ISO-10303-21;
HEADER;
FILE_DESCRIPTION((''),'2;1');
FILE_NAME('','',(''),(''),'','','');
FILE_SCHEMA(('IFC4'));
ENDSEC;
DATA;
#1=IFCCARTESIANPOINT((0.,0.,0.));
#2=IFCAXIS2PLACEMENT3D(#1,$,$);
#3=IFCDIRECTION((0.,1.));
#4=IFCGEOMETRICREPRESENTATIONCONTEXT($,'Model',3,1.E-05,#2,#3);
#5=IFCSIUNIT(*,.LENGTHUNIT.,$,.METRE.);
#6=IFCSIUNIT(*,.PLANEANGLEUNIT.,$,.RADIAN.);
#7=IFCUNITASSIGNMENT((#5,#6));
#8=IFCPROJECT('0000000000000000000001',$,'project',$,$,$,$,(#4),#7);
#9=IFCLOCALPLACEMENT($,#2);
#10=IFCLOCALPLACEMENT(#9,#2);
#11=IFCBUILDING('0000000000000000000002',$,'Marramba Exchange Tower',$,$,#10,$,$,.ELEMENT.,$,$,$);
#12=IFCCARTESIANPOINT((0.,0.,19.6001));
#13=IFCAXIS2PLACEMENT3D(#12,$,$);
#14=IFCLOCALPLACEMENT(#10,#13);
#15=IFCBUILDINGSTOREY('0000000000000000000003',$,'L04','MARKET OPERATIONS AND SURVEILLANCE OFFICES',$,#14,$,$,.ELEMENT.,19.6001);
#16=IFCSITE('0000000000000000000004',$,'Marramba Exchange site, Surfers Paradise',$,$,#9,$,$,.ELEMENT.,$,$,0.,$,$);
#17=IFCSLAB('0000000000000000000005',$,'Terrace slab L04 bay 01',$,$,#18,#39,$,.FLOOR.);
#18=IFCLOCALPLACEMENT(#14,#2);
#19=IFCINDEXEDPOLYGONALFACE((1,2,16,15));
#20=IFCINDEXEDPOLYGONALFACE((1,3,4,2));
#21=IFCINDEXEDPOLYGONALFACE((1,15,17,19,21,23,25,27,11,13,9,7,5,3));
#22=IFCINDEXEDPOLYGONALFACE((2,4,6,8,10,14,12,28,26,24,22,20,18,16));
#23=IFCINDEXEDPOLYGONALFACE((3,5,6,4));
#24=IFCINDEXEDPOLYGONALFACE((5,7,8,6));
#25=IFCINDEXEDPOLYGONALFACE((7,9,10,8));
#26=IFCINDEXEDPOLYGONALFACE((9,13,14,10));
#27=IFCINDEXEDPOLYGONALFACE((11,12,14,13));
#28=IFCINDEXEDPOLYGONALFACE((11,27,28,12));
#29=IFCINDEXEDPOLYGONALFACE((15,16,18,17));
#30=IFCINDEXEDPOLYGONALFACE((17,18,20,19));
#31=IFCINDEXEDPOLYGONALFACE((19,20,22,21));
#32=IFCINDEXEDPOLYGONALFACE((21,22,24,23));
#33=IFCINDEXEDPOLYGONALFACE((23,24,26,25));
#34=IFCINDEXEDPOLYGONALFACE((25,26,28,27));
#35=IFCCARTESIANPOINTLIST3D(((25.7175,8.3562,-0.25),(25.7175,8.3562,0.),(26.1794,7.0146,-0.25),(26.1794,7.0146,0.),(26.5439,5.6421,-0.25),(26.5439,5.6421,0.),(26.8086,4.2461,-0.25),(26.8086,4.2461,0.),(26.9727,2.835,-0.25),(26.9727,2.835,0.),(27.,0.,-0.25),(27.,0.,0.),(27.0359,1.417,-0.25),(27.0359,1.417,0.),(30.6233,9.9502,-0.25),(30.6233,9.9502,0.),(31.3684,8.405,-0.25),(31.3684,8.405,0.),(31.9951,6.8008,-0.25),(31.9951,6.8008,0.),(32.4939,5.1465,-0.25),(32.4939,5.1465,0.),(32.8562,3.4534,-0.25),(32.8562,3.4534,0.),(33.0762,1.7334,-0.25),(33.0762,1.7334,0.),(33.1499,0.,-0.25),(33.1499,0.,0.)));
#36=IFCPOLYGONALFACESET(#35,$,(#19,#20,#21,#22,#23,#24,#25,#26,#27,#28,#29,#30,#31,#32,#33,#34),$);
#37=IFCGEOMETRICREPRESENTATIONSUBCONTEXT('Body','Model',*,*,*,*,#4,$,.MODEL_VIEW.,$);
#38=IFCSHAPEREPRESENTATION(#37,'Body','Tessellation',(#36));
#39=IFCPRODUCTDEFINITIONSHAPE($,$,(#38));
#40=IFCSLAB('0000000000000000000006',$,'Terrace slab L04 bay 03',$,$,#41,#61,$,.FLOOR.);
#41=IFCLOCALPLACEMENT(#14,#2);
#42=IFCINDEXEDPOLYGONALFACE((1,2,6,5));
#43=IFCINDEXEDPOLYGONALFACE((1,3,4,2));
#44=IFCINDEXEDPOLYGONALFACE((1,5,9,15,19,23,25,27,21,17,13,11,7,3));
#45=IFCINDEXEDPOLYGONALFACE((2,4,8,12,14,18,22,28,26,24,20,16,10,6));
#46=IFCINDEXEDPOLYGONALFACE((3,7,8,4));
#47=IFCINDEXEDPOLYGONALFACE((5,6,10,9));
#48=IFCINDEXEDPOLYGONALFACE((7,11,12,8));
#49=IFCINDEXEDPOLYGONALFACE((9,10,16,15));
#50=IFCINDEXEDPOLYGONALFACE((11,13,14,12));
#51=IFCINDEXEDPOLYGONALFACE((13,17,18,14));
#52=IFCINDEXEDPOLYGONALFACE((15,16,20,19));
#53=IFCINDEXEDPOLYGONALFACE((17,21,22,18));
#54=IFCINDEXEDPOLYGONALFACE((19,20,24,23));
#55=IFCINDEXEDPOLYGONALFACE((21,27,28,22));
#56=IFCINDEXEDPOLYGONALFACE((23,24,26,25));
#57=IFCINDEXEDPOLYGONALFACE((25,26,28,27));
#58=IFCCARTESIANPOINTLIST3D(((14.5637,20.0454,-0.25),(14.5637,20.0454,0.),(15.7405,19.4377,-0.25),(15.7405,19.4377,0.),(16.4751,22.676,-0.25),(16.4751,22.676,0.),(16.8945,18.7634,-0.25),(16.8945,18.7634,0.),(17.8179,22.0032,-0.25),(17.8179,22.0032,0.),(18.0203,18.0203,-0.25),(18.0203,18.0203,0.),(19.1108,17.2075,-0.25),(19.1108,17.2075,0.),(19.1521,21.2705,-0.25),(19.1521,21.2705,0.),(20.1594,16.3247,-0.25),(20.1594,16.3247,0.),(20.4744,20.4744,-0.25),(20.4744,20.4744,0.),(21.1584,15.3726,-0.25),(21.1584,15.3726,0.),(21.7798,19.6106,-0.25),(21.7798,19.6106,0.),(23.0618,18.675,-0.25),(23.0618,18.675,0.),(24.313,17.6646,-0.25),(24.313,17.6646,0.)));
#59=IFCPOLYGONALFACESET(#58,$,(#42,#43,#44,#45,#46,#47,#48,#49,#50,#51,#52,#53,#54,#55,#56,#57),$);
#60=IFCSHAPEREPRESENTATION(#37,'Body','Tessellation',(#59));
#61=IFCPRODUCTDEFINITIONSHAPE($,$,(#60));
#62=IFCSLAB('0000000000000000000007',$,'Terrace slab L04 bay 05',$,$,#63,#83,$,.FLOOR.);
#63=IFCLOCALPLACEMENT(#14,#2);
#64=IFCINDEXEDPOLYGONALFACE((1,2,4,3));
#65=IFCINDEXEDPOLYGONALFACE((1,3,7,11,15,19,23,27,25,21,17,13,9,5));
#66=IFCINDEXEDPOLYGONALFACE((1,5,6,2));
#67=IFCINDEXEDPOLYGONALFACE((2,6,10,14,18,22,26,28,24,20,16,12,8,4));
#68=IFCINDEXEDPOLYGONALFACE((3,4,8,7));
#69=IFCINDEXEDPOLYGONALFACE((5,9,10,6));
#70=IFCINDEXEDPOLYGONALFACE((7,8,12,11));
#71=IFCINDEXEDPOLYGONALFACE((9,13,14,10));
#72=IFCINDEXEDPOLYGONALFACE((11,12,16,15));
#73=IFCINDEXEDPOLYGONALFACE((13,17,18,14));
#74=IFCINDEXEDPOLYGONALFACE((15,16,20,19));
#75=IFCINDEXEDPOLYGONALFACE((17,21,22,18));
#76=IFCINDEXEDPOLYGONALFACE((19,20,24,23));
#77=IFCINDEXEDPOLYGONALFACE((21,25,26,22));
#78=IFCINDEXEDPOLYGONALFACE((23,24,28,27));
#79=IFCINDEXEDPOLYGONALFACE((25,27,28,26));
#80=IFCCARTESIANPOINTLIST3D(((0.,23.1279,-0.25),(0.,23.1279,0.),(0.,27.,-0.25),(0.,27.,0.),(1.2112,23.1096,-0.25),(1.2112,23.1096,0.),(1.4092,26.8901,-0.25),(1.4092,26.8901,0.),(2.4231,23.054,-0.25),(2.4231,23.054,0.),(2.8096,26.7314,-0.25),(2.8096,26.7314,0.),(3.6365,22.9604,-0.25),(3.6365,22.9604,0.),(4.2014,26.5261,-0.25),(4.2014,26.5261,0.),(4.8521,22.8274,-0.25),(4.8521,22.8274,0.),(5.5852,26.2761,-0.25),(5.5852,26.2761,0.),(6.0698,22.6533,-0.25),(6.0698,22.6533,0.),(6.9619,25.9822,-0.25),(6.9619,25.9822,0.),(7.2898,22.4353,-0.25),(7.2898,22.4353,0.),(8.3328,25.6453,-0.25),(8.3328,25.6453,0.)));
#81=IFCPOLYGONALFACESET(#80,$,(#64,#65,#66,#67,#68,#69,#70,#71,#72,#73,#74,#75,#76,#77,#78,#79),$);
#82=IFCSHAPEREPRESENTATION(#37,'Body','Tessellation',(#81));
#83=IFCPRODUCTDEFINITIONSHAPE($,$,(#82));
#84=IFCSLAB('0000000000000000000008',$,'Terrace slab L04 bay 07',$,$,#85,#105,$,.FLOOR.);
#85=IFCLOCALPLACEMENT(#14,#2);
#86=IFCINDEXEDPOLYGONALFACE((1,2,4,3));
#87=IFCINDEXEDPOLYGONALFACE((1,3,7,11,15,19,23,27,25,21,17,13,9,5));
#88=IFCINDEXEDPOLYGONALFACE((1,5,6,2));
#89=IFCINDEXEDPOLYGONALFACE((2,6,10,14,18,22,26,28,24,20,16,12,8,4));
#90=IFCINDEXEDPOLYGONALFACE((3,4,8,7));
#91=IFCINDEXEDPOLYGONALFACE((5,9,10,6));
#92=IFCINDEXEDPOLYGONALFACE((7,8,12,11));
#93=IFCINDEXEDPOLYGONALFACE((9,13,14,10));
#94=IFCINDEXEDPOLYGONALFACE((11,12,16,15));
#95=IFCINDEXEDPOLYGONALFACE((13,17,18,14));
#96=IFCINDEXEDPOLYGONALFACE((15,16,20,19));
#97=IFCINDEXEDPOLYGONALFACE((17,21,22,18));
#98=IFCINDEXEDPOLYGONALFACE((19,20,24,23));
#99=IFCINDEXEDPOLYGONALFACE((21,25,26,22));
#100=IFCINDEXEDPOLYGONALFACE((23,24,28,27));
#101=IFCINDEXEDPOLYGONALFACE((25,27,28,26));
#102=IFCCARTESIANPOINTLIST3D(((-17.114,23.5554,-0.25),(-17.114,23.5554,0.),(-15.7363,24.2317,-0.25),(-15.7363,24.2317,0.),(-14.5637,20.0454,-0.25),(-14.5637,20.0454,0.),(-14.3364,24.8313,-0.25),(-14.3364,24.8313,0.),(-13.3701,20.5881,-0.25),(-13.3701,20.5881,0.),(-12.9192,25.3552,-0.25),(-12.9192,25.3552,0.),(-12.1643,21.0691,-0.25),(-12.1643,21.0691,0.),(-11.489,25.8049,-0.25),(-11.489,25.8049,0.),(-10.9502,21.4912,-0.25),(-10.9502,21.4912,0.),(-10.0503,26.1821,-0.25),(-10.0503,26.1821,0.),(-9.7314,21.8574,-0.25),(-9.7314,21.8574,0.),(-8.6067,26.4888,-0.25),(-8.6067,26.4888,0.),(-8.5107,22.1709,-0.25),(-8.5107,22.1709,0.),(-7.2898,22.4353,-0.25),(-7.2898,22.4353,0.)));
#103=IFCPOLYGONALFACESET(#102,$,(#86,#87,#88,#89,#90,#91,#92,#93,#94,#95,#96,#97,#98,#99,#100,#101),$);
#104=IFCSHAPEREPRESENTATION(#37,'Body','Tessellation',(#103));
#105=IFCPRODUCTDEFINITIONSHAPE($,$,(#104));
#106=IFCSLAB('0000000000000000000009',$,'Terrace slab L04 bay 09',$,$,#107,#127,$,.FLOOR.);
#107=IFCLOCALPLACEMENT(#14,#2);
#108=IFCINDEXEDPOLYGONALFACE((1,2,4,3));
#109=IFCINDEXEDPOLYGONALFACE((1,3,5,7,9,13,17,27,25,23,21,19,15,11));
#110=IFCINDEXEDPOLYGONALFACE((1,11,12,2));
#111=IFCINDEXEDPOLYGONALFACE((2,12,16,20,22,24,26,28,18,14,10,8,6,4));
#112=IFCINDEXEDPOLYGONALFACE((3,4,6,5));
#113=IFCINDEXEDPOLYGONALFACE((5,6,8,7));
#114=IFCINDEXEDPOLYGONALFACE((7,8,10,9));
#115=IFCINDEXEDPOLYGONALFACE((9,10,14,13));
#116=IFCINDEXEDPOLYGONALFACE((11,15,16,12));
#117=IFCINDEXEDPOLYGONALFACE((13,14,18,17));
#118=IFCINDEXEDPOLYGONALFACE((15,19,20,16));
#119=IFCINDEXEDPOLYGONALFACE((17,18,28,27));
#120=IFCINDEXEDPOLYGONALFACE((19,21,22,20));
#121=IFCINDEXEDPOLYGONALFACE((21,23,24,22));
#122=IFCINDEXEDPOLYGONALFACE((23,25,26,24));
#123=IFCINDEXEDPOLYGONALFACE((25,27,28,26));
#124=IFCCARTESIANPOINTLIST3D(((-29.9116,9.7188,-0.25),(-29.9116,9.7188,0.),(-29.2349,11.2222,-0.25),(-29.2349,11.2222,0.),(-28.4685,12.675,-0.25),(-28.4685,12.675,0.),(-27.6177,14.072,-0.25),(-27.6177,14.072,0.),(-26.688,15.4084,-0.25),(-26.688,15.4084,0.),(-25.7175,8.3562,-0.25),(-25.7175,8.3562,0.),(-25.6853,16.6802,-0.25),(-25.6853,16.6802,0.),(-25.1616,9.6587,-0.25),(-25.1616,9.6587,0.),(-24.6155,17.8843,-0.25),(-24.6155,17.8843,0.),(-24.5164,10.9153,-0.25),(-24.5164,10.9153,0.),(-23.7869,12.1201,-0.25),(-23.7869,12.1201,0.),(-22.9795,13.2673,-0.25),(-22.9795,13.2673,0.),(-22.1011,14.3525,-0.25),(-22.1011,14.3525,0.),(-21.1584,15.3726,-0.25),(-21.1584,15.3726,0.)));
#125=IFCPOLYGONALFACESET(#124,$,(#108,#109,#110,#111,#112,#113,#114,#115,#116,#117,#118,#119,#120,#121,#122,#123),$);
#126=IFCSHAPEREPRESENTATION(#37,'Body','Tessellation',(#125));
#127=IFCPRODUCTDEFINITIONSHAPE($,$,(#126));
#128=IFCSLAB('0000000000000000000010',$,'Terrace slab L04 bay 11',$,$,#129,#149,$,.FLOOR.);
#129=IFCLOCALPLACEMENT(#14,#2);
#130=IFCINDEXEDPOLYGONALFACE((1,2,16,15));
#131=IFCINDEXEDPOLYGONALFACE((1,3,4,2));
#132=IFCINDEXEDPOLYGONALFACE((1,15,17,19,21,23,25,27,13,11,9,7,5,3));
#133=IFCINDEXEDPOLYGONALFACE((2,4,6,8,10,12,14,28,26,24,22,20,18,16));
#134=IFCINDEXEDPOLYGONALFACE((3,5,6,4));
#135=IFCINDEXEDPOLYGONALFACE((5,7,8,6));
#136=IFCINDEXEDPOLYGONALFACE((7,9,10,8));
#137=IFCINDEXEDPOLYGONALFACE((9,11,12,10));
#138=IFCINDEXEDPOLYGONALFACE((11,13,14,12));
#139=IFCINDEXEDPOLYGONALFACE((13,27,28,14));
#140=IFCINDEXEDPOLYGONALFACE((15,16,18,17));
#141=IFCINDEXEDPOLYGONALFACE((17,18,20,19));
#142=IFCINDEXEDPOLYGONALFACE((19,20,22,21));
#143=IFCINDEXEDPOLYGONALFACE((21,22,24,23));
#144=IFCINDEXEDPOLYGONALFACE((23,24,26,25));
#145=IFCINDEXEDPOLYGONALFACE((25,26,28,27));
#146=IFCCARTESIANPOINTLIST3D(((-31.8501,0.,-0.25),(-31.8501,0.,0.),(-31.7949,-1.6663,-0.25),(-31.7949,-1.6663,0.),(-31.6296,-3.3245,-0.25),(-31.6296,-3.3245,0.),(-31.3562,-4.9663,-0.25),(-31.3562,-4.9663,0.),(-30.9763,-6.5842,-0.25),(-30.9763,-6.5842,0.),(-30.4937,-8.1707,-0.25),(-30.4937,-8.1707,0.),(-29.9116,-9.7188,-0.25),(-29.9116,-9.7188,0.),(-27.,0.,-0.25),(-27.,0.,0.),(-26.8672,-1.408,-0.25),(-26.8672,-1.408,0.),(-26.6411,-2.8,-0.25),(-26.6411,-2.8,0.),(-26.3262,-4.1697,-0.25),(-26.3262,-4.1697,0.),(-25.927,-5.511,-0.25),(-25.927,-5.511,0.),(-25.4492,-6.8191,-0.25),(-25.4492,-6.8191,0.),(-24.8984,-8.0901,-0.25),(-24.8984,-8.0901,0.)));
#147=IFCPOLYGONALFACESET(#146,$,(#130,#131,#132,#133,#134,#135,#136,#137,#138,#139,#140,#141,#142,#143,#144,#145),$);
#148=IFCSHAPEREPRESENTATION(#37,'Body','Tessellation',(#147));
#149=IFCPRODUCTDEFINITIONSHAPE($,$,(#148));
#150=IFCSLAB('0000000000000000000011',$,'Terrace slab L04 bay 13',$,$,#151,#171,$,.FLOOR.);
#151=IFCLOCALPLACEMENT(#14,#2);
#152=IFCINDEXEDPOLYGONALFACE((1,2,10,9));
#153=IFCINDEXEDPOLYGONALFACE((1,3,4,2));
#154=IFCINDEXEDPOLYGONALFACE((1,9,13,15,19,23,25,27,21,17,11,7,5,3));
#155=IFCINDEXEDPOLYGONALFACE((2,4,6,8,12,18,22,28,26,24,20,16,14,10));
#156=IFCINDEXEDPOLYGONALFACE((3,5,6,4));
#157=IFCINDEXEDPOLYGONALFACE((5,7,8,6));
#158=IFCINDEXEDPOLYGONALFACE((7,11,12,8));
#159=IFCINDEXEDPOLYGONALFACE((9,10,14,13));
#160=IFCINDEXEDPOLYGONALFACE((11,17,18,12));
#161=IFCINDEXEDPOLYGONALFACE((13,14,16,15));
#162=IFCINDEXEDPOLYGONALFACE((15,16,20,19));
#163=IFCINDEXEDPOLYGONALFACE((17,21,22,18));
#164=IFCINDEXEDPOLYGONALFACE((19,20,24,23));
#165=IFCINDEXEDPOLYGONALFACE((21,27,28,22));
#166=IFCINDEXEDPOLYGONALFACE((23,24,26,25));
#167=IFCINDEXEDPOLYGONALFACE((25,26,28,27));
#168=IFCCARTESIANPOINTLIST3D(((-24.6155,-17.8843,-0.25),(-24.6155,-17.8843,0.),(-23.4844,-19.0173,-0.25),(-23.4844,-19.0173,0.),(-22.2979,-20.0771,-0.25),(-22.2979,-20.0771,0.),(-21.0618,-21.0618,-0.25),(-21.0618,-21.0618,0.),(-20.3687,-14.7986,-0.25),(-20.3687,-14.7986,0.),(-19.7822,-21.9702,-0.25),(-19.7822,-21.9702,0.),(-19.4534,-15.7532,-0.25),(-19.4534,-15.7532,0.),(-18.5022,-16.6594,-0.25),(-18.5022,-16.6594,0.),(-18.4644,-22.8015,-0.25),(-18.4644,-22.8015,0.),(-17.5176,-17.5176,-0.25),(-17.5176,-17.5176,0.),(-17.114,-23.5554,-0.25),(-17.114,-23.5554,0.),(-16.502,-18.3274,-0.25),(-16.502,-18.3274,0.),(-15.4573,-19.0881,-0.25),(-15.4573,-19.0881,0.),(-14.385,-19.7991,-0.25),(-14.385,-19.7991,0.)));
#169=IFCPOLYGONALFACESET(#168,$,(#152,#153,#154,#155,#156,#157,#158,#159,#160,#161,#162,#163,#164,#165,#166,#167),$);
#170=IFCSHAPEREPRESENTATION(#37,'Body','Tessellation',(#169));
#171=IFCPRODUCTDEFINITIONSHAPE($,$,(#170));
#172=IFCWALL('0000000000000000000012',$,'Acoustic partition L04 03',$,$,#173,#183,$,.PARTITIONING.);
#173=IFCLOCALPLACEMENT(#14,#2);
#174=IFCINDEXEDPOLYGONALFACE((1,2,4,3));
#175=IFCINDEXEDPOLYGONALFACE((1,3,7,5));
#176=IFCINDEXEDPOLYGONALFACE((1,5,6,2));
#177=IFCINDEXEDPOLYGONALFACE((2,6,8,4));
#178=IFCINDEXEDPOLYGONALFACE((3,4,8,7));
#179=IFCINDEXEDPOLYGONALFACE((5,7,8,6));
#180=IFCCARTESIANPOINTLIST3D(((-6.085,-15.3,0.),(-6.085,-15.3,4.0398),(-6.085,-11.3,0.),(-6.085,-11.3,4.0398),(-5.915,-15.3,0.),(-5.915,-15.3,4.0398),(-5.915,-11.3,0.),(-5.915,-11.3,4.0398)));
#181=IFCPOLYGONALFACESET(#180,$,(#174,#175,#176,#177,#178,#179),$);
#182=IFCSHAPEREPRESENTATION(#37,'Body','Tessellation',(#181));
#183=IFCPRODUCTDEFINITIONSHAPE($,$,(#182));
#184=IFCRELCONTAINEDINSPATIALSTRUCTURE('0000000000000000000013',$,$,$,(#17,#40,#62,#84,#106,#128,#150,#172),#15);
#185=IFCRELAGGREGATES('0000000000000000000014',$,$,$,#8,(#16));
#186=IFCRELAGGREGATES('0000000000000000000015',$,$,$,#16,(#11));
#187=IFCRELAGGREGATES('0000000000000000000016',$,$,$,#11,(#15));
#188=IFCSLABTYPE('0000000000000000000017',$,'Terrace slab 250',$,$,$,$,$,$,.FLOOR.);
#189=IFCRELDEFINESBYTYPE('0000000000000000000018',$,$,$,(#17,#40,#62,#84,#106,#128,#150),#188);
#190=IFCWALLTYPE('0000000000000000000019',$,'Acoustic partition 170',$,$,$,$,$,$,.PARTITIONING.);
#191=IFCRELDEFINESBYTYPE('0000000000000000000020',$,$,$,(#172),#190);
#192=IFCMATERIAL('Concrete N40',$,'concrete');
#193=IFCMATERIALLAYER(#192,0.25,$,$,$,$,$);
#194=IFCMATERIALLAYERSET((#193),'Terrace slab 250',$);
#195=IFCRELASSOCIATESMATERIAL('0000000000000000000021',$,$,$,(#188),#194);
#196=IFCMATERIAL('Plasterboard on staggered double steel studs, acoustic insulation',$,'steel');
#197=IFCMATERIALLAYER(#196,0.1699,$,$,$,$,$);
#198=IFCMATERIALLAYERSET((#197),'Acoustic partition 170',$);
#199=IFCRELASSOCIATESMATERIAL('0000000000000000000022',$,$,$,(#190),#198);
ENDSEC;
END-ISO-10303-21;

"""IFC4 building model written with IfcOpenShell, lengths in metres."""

from ifc_helpers import new_model, si_unit, direction, frame, frame_2d, origin, place, context, subcontext, project, spatial, polyline, rectangle, outline, extrude, material, layer, layer_set, type_object, element, save


model = new_model("IFC4")

# Units and contexts
model_context = context("Model", 3, precision=1e-05, world=origin(), true_north=direction((0.0, 1.0)))
body_context = subcontext(model_context, "Body", "Model", "MODEL_VIEW")
ifc_project = project(units=[si_unit("LENGTHUNIT", "METRE"), si_unit("PLANEANGLEUNIT", "RADIAN")], contexts=[model_context])

# Site, building, storey
site_placement = place(None, origin())
site = spatial("IfcSite", under=ifc_project, at=site_placement, Name="Marramba Exchange site, Surfers Paradise", CompositionType="ELEMENT", RefElevation=0.0)
building_placement = place(site_placement, origin())
building = spatial("IfcBuilding", under=site, at=building_placement, Name="Marramba Exchange Tower", CompositionType="ELEMENT")
storey_placement = place(building_placement, frame((0.0, 0.0, 19.6001)))
storey = spatial("IfcBuildingStorey", under=building, at=storey_placement, Name="L04", Description="MARKET OPERATIONS AND SURVEILLANCE OFFICES", CompositionType="ELEMENT", Elevation=19.6001)

# Slabs
ifc_material_1 = material(Name="Concrete N40", Category="concrete")
ifc_layer_1 = layer(ifc_material_1, 0.25)
ifc_layer_set_1 = layer_set([ifc_layer_1], Name="Terrace slab 250")
slab_type_1 = type_object("IfcSlabType", Name="Terrace slab 250", PredefinedType="FLOOR", material=ifc_layer_set_1)
slab_1_placement = place(storey_placement, frame((0.0, 0.0, -0.25)))
element("IfcSlab", 1, at=slab_1_placement, inside=storey, type_object=slab_type_1, Name="Terrace slab L04 bay 01", PredefinedType="FLOOR", context=body_context, shape_type="SweptSolid", body=[
    extrude(outline(polyline([(31.3684, 8.405), (31.9951, 6.8008), (32.4939, 5.1465), (32.8562, 3.4534), (33.0762, 1.7334), (33.1499, 0.0), (27.0, 0.0), (27.0359, 1.417), (26.9727, 2.835), (26.8086, 4.2461), (26.5439, 5.6421), (26.1794, 7.0146), (25.7175, 8.3562), (30.6233, 9.9502), (31.3684, 8.405)])), origin(), (0.0, 0.0, 1.0), 0.25),
])
slab_2_placement = place(storey_placement, frame((0.0, 0.0, -0.25)))
element("IfcSlab", 2, at=slab_2_placement, inside=storey, type_object=slab_type_1, Name="Terrace slab L04 bay 03", PredefinedType="FLOOR", context=body_context, shape_type="SweptSolid", body=[
    extrude(outline(polyline([(17.8179, 22.0032), (19.1521, 21.2705), (20.4744, 20.4744), (21.7798, 19.6106), (23.0618, 18.675), (24.313, 17.6646), (21.1584, 15.3726), (20.1594, 16.3247), (19.1108, 17.2075), (18.0203, 18.0203), (16.8945, 18.7634), (15.7405, 19.4377), (14.5637, 20.0454), (16.4751, 22.676), (17.8179, 22.0032)])), origin(), (0.0, 0.0, 1.0), 0.25),
])
slab_3_placement = place(storey_placement, frame((0.0, 0.0, -0.25)))
element("IfcSlab", 3, at=slab_3_placement, inside=storey, type_object=slab_type_1, Name="Terrace slab L04 bay 05", PredefinedType="FLOOR", context=body_context, shape_type="SweptSolid", body=[
    extrude(outline(polyline([(1.4092, 26.8901), (2.8096, 26.7314), (4.2014, 26.5261), (5.5852, 26.2761), (6.9619, 25.9822), (8.3328, 25.6453), (7.2898, 22.4353), (6.0698, 22.6533), (4.8521, 22.8274), (3.6365, 22.9604), (2.4231, 23.054), (1.2112, 23.1096), (0.0, 23.1279), (0.0, 27.0), (1.4092, 26.8901)])), origin(), (0.0, 0.0, 1.0), 0.25),
])
slab_4_placement = place(storey_placement, frame((0.0, 0.0, -0.25)))
element("IfcSlab", 4, at=slab_4_placement, inside=storey, type_object=slab_type_1, Name="Terrace slab L04 bay 07", PredefinedType="FLOOR", context=body_context, shape_type="SweptSolid", body=[
    extrude(outline(polyline([(-17.114, 23.5554), (-15.7363, 24.2317), (-14.3364, 24.8313), (-12.9192, 25.3552), (-11.489, 25.8049), (-10.0503, 26.1821), (-8.6067, 26.4888), (-7.2898, 22.4353), (-8.5107, 22.1709), (-9.7314, 21.8574), (-10.9502, 21.4912), (-12.1643, 21.0691), (-13.3701, 20.5881), (-14.5637, 20.0454), (-17.114, 23.5554)])), origin(), (0.0, 0.0, 1.0), 0.25),
])
slab_5_placement = place(storey_placement, frame((0.0, 0.0, -0.25)))
element("IfcSlab", 5, at=slab_5_placement, inside=storey, type_object=slab_type_1, Name="Terrace slab L04 bay 09", PredefinedType="FLOOR", context=body_context, shape_type="SweptSolid", body=[
    extrude(outline(polyline([(-29.9116, 9.7188), (-29.2349, 11.2222), (-28.4685, 12.675), (-27.6177, 14.072), (-26.688, 15.4084), (-25.6853, 16.6802), (-24.6155, 17.8843), (-21.1584, 15.3726), (-22.1011, 14.3525), (-22.9795, 13.2673), (-23.7869, 12.1201), (-24.5164, 10.9153), (-25.1616, 9.6587), (-25.7175, 8.3562), (-29.9116, 9.7188)])), origin(), (0.0, 0.0, 1.0), 0.25),
])
slab_6_placement = place(storey_placement, frame((0.0, 0.0, -0.25)))
element("IfcSlab", 6, at=slab_6_placement, inside=storey, type_object=slab_type_1, Name="Terrace slab L04 bay 11", PredefinedType="FLOOR", context=body_context, shape_type="SweptSolid", body=[
    extrude(outline(polyline([(-30.4937, -8.1707), (-30.9763, -6.5842), (-31.3562, -4.9663), (-31.6296, -3.3245), (-31.7949, -1.6663), (-31.8501, 0.0), (-27.0, 0.0), (-26.8672, -1.408), (-26.6411, -2.8), (-26.3262, -4.1697), (-25.927, -5.511), (-25.4492, -6.8191), (-24.8984, -8.0901), (-29.9116, -9.7188), (-30.4937, -8.1707)])), origin(), (0.0, 0.0, 1.0), 0.25),
])
slab_7_placement = place(storey_placement, frame((0.0, 0.0, -0.25)))
element("IfcSlab", 7, at=slab_7_placement, inside=storey, type_object=slab_type_1, Name="Terrace slab L04 bay 13", PredefinedType="FLOOR", context=body_context, shape_type="SweptSolid", body=[
    extrude(outline(polyline([(-18.4644, -22.8015), (-19.7822, -21.9702), (-21.0618, -21.0618), (-22.2979, -20.0771), (-23.4844, -19.0173), (-24.6155, -17.8843), (-20.3687, -14.7986), (-19.4534, -15.7532), (-18.5022, -16.6594), (-17.5176, -17.5176), (-16.502, -18.3274), (-15.4573, -19.0881), (-14.385, -19.7991), (-17.114, -23.5554), (-18.4644, -22.8015)])), origin(), (0.0, 0.0, 1.0), 0.25),
])

# Wall
ifc_material_2 = material(Name="Plasterboard on staggered double steel studs, acoustic insulation", Category="steel")
ifc_layer_2 = layer(ifc_material_2, 0.1699)
ifc_layer_set_2 = layer_set([ifc_layer_2], Name="Acoustic partition 170")
wall_type_1 = type_object("IfcWallType", Name="Acoustic partition 170", PredefinedType="PARTITIONING", material=ifc_layer_set_2)
wall_1_placement = place(storey_placement, frame((-6.0, -11.3, 0.0), z_axis=(0.0, 0.0, 1.0), x_axis=(0.0, -1.0, 0.0)))
element("IfcWall", 8, at=wall_1_placement, inside=storey, type_object=wall_type_1, Name="Acoustic partition L04 03", PredefinedType="PARTITIONING", context=body_context, shape_type="SweptSolid", body=[
    extrude(rectangle(XDim=4.0, YDim=0.1699, at=frame_2d((2.0, 0.0))), origin(), (0.0, 0.0, 1.0), 4.0398),
])

save(model, "model.ifc")
